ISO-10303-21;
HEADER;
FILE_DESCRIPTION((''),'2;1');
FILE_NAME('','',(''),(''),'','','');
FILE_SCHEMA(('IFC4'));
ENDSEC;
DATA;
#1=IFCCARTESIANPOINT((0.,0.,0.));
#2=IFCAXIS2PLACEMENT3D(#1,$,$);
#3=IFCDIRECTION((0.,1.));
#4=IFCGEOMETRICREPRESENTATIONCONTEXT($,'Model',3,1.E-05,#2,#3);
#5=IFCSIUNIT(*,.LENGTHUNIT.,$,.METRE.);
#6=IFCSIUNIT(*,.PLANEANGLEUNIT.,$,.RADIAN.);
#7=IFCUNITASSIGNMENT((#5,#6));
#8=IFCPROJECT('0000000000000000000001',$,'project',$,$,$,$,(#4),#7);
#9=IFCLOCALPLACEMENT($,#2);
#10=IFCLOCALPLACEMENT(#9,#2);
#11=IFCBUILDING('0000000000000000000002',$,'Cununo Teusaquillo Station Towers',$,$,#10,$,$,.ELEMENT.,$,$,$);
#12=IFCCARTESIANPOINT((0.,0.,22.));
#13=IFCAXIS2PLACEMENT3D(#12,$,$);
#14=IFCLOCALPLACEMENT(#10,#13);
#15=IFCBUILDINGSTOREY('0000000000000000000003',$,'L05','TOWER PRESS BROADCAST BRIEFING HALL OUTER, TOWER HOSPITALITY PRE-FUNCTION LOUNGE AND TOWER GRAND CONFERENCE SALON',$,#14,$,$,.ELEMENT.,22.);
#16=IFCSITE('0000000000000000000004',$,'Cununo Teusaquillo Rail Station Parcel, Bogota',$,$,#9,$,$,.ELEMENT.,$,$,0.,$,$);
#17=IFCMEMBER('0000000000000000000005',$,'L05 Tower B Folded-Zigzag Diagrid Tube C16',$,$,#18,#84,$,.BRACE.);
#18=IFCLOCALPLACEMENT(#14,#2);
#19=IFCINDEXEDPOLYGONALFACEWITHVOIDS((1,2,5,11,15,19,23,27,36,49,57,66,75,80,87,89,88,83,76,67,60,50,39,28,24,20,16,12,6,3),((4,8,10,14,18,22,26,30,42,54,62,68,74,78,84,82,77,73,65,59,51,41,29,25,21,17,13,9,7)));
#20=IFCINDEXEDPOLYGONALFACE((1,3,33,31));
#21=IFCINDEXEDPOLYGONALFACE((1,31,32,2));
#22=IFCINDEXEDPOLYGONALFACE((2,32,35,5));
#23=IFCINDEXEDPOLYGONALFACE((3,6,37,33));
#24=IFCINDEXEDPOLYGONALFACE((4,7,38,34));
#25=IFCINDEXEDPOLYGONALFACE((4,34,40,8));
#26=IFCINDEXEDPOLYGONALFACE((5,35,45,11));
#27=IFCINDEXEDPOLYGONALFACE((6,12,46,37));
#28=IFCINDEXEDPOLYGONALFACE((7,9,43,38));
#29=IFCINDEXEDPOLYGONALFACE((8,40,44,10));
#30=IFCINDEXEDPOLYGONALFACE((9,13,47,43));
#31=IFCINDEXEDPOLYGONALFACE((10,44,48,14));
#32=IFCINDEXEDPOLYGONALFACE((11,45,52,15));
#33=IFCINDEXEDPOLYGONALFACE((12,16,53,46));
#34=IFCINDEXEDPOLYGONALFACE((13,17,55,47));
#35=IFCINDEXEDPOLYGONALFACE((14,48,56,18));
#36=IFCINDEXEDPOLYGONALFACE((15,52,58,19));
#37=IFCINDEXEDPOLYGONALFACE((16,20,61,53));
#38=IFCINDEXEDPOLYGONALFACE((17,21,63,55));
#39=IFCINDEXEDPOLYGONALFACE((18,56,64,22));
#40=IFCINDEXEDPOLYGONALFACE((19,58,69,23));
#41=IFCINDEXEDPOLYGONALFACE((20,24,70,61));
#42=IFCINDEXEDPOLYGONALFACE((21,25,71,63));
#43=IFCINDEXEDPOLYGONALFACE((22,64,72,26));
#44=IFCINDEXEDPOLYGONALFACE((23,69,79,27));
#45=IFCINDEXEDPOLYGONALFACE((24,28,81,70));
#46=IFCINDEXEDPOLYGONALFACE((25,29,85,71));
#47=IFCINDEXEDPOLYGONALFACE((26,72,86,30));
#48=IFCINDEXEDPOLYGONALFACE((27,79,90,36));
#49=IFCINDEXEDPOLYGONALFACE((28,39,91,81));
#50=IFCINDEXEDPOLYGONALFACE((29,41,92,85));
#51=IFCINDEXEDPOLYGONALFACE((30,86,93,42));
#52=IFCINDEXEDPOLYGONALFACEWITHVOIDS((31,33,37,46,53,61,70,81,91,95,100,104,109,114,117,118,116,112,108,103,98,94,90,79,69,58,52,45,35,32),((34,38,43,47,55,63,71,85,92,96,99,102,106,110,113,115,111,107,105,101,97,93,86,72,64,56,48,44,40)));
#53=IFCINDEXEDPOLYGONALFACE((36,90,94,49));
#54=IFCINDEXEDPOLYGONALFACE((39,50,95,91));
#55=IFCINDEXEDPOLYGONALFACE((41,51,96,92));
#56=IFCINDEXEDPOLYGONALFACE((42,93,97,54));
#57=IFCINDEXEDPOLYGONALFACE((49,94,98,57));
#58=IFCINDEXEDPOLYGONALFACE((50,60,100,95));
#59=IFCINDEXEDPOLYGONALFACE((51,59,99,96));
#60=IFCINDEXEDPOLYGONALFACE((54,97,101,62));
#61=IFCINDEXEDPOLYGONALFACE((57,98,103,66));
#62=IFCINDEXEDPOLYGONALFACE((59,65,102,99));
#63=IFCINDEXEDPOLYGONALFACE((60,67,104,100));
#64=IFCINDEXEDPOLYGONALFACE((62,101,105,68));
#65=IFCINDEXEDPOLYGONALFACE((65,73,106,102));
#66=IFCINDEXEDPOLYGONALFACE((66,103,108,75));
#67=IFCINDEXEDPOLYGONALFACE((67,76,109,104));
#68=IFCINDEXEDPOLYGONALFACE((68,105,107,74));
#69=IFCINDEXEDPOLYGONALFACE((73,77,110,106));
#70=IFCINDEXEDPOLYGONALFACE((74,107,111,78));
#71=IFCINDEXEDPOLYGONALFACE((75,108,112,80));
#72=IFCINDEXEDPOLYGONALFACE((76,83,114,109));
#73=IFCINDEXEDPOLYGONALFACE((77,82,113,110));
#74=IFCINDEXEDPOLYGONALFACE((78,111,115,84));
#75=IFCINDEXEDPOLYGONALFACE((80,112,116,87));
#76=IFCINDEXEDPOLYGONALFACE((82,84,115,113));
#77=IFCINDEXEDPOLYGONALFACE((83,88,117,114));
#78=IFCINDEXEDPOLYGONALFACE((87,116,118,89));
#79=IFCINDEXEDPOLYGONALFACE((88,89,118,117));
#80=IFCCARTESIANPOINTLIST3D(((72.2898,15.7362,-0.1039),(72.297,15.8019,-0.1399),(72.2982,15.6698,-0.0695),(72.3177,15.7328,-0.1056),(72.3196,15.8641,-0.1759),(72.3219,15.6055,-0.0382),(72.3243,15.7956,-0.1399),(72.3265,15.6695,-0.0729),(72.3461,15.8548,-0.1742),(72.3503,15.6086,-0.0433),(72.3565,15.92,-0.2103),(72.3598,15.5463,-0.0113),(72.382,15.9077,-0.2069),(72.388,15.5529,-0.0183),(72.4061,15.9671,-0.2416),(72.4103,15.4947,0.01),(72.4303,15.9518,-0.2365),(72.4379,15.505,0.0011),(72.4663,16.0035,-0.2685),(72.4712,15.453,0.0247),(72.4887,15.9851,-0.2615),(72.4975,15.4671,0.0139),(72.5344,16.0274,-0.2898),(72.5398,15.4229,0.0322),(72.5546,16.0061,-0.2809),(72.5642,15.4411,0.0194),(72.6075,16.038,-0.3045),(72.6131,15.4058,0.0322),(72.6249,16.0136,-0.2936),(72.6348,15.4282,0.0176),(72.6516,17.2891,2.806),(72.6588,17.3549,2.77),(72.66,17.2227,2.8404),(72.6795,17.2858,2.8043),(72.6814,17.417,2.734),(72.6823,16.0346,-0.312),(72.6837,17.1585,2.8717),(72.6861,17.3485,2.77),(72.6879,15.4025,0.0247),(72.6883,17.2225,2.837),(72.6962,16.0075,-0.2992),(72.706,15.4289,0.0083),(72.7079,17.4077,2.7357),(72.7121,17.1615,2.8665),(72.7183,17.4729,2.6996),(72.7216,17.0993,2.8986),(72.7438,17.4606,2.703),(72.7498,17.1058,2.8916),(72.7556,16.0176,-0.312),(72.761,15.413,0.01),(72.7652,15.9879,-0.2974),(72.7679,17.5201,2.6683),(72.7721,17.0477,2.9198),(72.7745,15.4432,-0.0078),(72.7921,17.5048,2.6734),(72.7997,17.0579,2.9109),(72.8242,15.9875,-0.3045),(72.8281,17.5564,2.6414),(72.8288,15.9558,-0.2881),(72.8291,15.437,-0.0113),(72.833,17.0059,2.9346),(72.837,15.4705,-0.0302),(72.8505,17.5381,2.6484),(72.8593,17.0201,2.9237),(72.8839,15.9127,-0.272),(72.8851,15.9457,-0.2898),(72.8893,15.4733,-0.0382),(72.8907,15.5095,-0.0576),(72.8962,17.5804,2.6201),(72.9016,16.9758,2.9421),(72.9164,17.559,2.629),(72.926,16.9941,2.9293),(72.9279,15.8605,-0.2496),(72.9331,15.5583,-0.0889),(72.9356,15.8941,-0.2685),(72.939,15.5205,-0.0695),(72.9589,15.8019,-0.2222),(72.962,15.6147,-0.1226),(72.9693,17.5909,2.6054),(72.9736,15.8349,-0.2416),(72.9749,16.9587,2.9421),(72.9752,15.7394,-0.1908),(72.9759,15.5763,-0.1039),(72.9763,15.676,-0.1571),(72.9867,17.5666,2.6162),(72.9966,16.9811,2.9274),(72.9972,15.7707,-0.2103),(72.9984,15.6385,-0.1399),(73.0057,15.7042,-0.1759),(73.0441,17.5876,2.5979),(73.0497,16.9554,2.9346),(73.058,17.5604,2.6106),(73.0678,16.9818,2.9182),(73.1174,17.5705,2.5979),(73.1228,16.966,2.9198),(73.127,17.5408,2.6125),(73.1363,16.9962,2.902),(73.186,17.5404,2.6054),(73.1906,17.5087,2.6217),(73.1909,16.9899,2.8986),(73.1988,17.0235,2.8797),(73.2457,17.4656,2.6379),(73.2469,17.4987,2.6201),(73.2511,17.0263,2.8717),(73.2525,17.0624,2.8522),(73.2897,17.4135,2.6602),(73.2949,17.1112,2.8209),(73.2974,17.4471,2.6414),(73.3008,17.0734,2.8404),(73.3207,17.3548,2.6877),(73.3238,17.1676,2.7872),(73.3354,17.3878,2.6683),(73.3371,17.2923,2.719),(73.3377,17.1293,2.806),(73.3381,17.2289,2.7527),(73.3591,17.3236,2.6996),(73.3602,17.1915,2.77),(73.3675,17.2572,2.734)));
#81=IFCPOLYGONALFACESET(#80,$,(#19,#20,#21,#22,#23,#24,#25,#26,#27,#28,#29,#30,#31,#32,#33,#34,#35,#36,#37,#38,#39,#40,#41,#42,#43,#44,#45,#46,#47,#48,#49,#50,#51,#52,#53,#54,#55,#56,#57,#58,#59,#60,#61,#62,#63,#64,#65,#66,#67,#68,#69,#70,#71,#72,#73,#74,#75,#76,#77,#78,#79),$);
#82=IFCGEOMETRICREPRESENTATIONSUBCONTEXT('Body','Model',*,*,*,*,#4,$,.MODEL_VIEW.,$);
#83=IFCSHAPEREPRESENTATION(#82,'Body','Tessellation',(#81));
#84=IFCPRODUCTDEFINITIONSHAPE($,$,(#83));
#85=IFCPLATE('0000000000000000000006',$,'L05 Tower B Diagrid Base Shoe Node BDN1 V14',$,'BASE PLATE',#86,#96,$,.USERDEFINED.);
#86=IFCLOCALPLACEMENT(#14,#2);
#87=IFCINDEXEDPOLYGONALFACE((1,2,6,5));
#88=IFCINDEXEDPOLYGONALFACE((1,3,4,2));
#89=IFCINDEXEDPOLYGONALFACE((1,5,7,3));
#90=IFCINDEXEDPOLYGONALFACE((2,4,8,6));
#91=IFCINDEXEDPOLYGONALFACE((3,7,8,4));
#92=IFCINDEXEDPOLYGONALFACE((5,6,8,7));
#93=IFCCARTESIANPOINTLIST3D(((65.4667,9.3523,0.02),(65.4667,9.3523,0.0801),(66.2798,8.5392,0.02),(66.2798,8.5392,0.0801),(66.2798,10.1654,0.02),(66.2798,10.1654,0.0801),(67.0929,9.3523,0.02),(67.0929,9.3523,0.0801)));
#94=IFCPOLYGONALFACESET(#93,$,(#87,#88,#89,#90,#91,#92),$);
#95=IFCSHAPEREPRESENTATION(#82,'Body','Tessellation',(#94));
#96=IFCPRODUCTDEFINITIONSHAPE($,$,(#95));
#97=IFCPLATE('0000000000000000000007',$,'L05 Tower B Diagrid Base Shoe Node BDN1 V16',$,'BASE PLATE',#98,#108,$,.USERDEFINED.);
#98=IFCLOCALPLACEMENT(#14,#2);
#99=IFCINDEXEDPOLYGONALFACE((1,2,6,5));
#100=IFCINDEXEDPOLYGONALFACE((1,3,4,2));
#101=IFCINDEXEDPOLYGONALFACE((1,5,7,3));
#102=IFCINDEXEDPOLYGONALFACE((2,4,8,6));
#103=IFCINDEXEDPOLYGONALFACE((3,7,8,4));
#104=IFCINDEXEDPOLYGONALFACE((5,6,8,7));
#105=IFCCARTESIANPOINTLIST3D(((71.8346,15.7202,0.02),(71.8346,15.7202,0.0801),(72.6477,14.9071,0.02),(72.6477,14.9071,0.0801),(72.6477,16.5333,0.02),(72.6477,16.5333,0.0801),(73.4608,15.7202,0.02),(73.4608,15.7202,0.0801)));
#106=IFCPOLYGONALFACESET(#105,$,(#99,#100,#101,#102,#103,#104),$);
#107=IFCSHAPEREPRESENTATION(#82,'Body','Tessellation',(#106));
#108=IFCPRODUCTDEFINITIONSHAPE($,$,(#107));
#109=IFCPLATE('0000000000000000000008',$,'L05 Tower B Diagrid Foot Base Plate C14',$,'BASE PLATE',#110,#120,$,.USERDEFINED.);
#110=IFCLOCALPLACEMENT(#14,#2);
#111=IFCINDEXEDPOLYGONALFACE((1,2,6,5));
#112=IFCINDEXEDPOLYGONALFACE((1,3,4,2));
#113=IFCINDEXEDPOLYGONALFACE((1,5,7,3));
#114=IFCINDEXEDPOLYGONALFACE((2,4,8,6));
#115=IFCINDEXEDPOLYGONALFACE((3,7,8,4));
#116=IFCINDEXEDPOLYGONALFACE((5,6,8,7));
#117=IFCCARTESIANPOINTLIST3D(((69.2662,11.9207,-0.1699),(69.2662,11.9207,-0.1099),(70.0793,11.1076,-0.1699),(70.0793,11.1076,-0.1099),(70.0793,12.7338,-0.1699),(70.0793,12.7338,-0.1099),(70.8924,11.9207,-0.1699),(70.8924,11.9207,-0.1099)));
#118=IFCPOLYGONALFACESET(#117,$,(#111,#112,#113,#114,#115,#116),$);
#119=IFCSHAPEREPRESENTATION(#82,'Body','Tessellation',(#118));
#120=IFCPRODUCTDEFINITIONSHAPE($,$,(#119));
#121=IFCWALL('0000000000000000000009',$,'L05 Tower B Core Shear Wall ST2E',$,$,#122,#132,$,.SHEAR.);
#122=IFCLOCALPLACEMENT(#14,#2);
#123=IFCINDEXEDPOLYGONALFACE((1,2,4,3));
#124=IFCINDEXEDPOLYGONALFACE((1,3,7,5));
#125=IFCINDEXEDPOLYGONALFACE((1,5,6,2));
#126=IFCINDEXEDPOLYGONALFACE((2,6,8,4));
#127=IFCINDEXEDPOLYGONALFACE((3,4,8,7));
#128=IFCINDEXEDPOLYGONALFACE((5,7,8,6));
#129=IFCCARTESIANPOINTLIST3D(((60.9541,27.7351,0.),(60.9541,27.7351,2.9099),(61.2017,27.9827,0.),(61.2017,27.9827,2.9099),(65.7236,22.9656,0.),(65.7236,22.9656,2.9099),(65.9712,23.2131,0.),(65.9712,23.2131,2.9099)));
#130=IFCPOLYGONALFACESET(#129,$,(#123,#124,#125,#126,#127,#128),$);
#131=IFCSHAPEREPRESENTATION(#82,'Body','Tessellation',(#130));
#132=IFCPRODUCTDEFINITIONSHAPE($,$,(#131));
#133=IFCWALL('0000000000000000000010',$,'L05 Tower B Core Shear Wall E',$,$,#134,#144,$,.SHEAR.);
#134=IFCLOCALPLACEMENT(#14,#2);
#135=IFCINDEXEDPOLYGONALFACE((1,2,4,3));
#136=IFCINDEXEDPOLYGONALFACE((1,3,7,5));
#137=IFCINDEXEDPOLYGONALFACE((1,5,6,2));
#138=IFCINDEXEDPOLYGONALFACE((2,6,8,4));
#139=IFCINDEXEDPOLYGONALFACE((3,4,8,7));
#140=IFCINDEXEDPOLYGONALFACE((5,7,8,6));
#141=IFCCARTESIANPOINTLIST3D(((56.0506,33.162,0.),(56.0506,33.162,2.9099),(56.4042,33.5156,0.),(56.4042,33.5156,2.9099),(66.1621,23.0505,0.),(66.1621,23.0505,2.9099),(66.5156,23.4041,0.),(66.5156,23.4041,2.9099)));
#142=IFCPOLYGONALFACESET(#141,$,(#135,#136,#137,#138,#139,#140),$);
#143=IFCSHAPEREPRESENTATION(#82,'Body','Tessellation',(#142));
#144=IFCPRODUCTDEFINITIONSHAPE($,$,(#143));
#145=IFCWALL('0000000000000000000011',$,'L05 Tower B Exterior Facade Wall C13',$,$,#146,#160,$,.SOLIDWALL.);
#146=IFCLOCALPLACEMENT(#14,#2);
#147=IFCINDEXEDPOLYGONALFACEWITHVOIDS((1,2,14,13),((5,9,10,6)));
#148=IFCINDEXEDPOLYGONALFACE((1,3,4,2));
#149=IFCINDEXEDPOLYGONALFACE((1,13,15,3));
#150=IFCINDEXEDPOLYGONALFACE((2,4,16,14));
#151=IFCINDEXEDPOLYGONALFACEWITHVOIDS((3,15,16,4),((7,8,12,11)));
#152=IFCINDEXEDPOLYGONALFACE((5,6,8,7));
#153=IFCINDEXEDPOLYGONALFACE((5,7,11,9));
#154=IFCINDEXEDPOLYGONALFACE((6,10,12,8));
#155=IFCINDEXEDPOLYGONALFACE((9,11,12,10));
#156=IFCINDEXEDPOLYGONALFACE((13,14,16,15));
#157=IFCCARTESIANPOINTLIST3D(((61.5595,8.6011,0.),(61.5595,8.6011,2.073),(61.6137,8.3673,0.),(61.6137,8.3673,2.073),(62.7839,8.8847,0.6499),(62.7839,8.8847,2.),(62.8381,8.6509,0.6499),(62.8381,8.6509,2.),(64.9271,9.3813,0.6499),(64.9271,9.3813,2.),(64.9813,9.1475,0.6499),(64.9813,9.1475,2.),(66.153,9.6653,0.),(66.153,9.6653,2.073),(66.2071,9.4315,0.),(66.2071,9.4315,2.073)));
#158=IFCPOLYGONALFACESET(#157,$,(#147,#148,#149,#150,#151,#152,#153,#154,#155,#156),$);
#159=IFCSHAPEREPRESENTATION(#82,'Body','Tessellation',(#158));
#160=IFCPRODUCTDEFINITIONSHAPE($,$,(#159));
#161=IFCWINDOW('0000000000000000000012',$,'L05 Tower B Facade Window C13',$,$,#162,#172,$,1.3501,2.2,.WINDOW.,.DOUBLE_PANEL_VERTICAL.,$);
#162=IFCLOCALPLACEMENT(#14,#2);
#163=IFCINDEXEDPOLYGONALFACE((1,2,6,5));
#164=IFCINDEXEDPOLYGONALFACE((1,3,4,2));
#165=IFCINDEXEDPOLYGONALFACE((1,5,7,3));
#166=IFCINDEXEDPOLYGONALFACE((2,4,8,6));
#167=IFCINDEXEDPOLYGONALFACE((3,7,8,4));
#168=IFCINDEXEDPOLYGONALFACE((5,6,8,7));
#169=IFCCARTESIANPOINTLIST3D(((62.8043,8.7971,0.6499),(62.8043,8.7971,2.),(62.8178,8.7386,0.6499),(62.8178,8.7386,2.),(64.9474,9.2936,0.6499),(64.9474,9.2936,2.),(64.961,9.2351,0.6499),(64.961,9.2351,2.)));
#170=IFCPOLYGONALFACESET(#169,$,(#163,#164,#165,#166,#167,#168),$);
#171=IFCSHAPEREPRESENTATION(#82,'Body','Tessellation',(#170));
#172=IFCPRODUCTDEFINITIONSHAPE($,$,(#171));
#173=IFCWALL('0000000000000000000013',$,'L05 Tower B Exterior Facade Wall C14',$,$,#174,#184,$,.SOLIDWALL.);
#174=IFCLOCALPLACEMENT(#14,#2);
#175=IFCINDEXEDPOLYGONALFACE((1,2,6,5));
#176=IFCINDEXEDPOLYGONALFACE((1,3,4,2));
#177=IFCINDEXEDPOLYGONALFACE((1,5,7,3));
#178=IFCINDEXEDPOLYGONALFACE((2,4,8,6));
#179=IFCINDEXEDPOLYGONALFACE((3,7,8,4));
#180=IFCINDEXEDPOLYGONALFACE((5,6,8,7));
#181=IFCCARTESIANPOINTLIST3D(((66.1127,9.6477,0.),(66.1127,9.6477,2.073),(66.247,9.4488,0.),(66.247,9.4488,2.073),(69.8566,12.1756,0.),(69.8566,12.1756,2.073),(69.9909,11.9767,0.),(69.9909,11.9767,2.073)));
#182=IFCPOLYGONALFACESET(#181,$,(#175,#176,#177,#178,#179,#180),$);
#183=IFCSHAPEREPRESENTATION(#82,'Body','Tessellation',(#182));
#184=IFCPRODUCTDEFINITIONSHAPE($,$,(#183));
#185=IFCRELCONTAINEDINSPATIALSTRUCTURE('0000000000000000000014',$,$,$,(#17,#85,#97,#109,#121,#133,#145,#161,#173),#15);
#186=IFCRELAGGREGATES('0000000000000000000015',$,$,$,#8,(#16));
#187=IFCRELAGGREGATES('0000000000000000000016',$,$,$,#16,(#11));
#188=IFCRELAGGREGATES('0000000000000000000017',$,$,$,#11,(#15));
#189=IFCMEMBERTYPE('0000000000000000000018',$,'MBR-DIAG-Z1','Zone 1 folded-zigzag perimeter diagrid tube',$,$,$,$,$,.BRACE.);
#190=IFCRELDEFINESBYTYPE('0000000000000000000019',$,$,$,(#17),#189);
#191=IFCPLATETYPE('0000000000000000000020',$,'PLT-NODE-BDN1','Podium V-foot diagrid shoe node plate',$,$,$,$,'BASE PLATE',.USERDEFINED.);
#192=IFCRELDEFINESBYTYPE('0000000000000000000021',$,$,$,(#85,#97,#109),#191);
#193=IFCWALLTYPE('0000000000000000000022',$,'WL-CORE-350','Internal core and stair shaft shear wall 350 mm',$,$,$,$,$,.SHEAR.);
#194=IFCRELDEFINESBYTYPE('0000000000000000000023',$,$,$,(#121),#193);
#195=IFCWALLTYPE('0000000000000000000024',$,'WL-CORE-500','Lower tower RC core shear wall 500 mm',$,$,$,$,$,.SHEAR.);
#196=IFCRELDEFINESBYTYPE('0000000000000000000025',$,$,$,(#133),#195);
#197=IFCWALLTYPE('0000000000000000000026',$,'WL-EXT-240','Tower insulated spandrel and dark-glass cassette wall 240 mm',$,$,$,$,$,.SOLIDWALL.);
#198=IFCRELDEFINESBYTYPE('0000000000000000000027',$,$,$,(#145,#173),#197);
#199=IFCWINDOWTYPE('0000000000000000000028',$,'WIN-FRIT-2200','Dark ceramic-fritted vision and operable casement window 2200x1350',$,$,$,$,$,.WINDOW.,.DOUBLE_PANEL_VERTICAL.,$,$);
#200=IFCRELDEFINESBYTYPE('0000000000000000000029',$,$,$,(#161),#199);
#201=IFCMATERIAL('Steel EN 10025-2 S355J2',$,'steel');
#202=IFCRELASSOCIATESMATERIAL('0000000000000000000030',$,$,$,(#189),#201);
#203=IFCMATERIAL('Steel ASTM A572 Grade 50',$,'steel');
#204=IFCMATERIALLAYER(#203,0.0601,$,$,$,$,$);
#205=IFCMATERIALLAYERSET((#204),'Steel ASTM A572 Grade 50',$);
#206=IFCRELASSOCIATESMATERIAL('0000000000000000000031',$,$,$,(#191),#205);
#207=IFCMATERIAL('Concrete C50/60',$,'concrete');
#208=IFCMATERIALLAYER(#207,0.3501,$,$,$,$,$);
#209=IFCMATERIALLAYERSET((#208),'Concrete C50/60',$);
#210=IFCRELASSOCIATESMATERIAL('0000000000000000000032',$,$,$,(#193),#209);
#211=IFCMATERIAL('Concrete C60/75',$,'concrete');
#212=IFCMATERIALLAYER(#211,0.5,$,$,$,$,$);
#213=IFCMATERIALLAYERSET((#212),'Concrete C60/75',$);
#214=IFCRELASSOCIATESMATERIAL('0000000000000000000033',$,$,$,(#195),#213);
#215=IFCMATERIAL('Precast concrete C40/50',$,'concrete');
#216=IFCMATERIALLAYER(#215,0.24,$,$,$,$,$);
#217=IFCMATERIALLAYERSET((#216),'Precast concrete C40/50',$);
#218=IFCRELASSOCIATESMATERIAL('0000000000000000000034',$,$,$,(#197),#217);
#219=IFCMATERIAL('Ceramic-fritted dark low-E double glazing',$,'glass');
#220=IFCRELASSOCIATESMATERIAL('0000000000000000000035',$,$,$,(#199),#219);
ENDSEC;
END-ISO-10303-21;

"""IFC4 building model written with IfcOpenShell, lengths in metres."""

from ifc_helpers import new_model, si_unit, direction, frame, frame_2d, origin, origin_2d, place, context, subcontext, project, spatial, rectangle, hollow_circle, extrude, source, transform, mapped, material, layer, layer_set, material_profile, profile_set, type_object, element, fill, save


model = new_model("IFC4")

# Units and contexts
model_context = context("Model", 3, precision=1e-05, world=origin(), true_north=direction((0.0, 1.0)))
body_context = subcontext(model_context, "Body", "Model", "MODEL_VIEW")
ifc_project = project(units=[si_unit("LENGTHUNIT", "METRE"), si_unit("PLANEANGLEUNIT", "RADIAN")], contexts=[model_context])

# Site, building, storey
site_placement = place(None, origin())
site = spatial("IfcSite", under=ifc_project, at=site_placement, Name="Cununo Teusaquillo Rail Station Parcel, Bogota", CompositionType="ELEMENT", RefElevation=0.0)
building_placement = place(site_placement, origin())
building = spatial("IfcBuilding", under=site, at=building_placement, Name="Cununo Teusaquillo Station Towers", CompositionType="ELEMENT")
storey_placement = place(building_placement, frame((0.0, 0.0, 22.0)))
storey = spatial("IfcBuildingStorey", under=building, at=storey_placement, Name="L05", Description="TOWER PRESS BROADCAST BRIEFING HALL OUTER, TOWER HOSPITALITY PRE-FUNCTION LOUNGE AND TOWER GRAND CONFERENCE SALON", CompositionType="ELEMENT", Elevation=22.0)

# Member
ifc_material_1 = material(Name="Steel EN 10025-2 S355J2", Category="steel")
ifc_material_profile_1 = material_profile(ifc_material_1, hollow_circle(Radius=0.3601, WallThickness=0.0281, at=origin_2d()), Name="CHS 720x28")
ifc_profile_set_1 = profile_set([ifc_material_profile_1], Name="Steel EN 10025-2 S355J2")
member_type = type_object("IfcMemberType", Name="MBR-DIAG-Z1", Description="Zone 1 folded-zigzag perimeter diagrid tube", PredefinedType="BRACE", material=ifc_profile_set_1)
member_1_placement = place(storey_placement, frame((72.6477, 15.7202, -0.1399), z_axis=(0.109041, 0.468023, 0.876963), x_axis=(-0.973917, 0.226905, 0.0)))
element("IfcMember", 1, at=member_1_placement, inside=storey, type_object=member_type, Name="L05 Tower B Folded-Zigzag Diagrid Tube C16", PredefinedType="BRACE", context=body_context, shape_type="SweptSolid", body=[
    extrude(hollow_circle(Radius=0.3601, WallThickness=0.0281, at=origin_2d()), origin(), (0.0, 0.0, 1.0), 3.3181),
])

# Plates
ifc_material_2 = material(Name="Steel ASTM A572 Grade 50", Category="steel")
ifc_layer_1 = layer(ifc_material_2, 0.0601)
ifc_layer_set_1 = layer_set([ifc_layer_1], Name="Steel ASTM A572 Grade 50")
plate_type = type_object("IfcPlateType", Name="PLT-NODE-BDN1", Description="Podium V-foot diagrid shoe node plate", ElementType="BASE PLATE", PredefinedType="USERDEFINED", material=ifc_layer_set_1)
shared_shape_1 = source(origin(), body_context, "Body", "SweptSolid", [
    extrude(rectangle(XDim=1.1499, YDim=1.1499, at=origin_2d()), origin(), (0.0, 0.0, 1.0), 0.0601),
])
for number, where, z_axis, x_axis, name in (
    (2, (66.2798, 9.3523, 0.02), (0.0, 0.0, 1.0), (0.707107, 0.707107, 0.0), "L05 Tower B Diagrid Base Shoe Node BDN1 V14"),
    (3, (72.6477, 15.7202, 0.02), (0.0, 0.0, 1.0), (0.707107, 0.707107, 0.0), "L05 Tower B Diagrid Base Shoe Node BDN1 V16"),
    (4, (70.0793, 11.9207, -0.1699), (0.0, 0.0, 1.0), (0.707107, 0.707107, 0.0), "L05 Tower B Diagrid Foot Base Plate C14"),
):
    element("IfcPlate", number, at=place(storey_placement, frame(where, z_axis=z_axis, x_axis=x_axis)), inside=storey, type_object=plate_type, Name=name, ObjectType="BASE PLATE", PredefinedType="USERDEFINED", context=body_context, shape_type="MappedRepresentation", body=[
        mapped(shared_shape_1, transform((0.0, 0.0, 0.0), x_axis=(1.0, 0.0, 0.0), y_axis=(0.0, 1.0, 0.0), z_axis=(0.0, 0.0, 1.0), scale=1.0)),
    ])

# Walls
ifc_material_3 = material(Name="Concrete C50/60", Category="concrete")
ifc_layer_2 = layer(ifc_material_3, 0.3501)
ifc_layer_set_2 = layer_set([ifc_layer_2], Name="Concrete C50/60")
wall_type_1 = type_object("IfcWallType", Name="WL-CORE-350", Description="Internal core and stair shaft shear wall 350 mm", PredefinedType="SHEAR", material=ifc_layer_set_2)
wall_1_placement = place(storey_placement, frame((65.8474, 23.0894, 0.0), z_axis=(0.0, 0.0, 1.0), x_axis=(-0.707107, 0.707107, 0.0)))
element("IfcWall", 5, at=wall_1_placement, inside=storey, type_object=wall_type_1, Name="L05 Tower B Core Shear Wall ST2E", PredefinedType="SHEAR", context=body_context, shape_type="SweptSolid", body=[
    extrude(rectangle(XDim=6.7451, YDim=0.3501, at=frame_2d((3.3726, 0.0))), origin(), (0.0, 0.0, 1.0), 2.9099),
])
ifc_material_4 = material(Name="Concrete C60/75", Category="concrete")
ifc_layer_3 = layer(ifc_material_4, 0.5)
ifc_layer_set_3 = layer_set([ifc_layer_3], Name="Concrete C60/75")
wall_type_2 = type_object("IfcWallType", Name="WL-CORE-500", Description="Lower tower RC core shear wall 500 mm", PredefinedType="SHEAR", material=ifc_layer_set_3)
wall_2_placement = place(storey_placement, frame((66.3389, 23.2273, 0.0), z_axis=(0.0, 0.0, 1.0), x_axis=(-0.707107, 0.707107, 0.0)))
element("IfcWall", 6, at=wall_2_placement, inside=storey, type_object=wall_type_2, Name="L05 Tower B Core Shear Wall E", PredefinedType="SHEAR", context=body_context, shape_type="SweptSolid", body=[
    extrude(rectangle(XDim=14.2998, YDim=0.5, at=frame_2d((7.1499, 0.0))), origin(), (0.0, 0.0, 1.0), 2.9099),
])

# Wall, opening, window
ifc_material_5 = material(Name="Precast concrete C40/50", Category="concrete")
ifc_layer_4 = layer(ifc_material_5, 0.24)
ifc_layer_set_4 = layer_set([ifc_layer_4], Name="Precast concrete C40/50")
wall_type_3 = type_object("IfcWallType", Name="WL-EXT-240", Description="Tower insulated spandrel and dark-glass cassette wall 240 mm", PredefinedType="SOLIDWALL", material=ifc_layer_set_4)
wall_3_placement = place(storey_placement, frame((66.1799, 9.5483, 0.0), z_axis=(0.0, 0.0, 1.0), x_axis=(-0.974197, -0.225699, 0.0)))
wall_3 = element("IfcWall", 7, at=wall_3_placement, inside=storey, type_object=wall_type_3, Name="L05 Tower B Exterior Facade Wall C13", PredefinedType="SOLIDWALL", context=body_context, shape_type="SweptSolid", body=[
    extrude(rectangle(XDim=4.7151, YDim=0.24, at=frame_2d((2.3574, 0.0))), origin(), (0.0, 0.0, 1.0), 2.073),
])
shared_shape_2 = source(origin(), body_context, "Body", "SweptSolid", [
    extrude(rectangle(XDim=2.2, YDim=1.3501, at=frame_2d((1.1001, 0.675))), frame((0.0, 0.1299, 0.0), z_axis=(0.0, -1.0, 0.0), x_axis=(1.0, 0.0, 0.0)), (0.0, 0.0, 1.0), 0.26),
])
opening_1_placement = place(wall_3_placement, frame((1.2581, 0.0, 0.6499)))
opening_1 = element("IfcOpeningElement", 8, at=opening_1_placement, cuts=wall_3, PredefinedType="OPENING", context=body_context, shape_type="MappedRepresentation", body=[
    mapped(shared_shape_2, transform((0.0, 0.0, 0.0), x_axis=(1.0, 0.0, 0.0), y_axis=(0.0, 1.0, 0.0), z_axis=(0.0, 0.0, 1.0), scale=1.0)),
])
ifc_material_6 = material(Name="Ceramic-fritted dark low-E double glazing", Category="glass")
window_type_1 = type_object("IfcWindowType", Name="WIN-FRIT-2200", Description="Dark ceramic-fritted vision and operable casement window 2200x1350", PartitioningType="DOUBLE_PANEL_VERTICAL", PredefinedType="WINDOW", material=ifc_material_6)
shared_shape_3 = source(origin(), body_context, "Body", "SweptSolid", [
    extrude(rectangle(XDim=2.2, YDim=1.3501, at=frame_2d((1.1001, 0.675))), frame((0.0, 0.03, 0.0), z_axis=(0.0, -1.0, 0.0), x_axis=(1.0, 0.0, 0.0)), (0.0, 0.0, 1.0), 0.0601),
])
window_1_placement = place(opening_1_placement, origin())
window_1 = element("IfcWindow", 9, at=window_1_placement, inside=storey, type_object=window_type_1, Name="L05 Tower B Facade Window C13", OverallHeight=1.3501, OverallWidth=2.2, PartitioningType="DOUBLE_PANEL_VERTICAL", PredefinedType="WINDOW", context=body_context, shape_type="MappedRepresentation", body=[
    mapped(shared_shape_3, transform((0.0, 0.0, 0.0), x_axis=(1.0, 0.0, 0.0), y_axis=(0.0, 1.0, 0.0), z_axis=(0.0, 0.0, 1.0), scale=1.0)),
])
fill(opening_1, window_1)

# Wall
wall_4_placement = place(storey_placement, frame((69.9238, 12.0762, 0.0), z_axis=(0.0, 0.0, 1.0), x_axis=(-0.828777, -0.55958, 0.0)))
element("IfcWall", 10, at=wall_4_placement, inside=storey, type_object=wall_type_3, Name="L05 Tower B Exterior Facade Wall C14", PredefinedType="SOLIDWALL", context=body_context, shape_type="SweptSolid", body=[
    extrude(rectangle(XDim=4.5173, YDim=0.24, at=frame_2d((2.2588, 0.0))), origin(), (0.0, 0.0, 1.0), 2.073),
])

save(model, "model.ifc")
